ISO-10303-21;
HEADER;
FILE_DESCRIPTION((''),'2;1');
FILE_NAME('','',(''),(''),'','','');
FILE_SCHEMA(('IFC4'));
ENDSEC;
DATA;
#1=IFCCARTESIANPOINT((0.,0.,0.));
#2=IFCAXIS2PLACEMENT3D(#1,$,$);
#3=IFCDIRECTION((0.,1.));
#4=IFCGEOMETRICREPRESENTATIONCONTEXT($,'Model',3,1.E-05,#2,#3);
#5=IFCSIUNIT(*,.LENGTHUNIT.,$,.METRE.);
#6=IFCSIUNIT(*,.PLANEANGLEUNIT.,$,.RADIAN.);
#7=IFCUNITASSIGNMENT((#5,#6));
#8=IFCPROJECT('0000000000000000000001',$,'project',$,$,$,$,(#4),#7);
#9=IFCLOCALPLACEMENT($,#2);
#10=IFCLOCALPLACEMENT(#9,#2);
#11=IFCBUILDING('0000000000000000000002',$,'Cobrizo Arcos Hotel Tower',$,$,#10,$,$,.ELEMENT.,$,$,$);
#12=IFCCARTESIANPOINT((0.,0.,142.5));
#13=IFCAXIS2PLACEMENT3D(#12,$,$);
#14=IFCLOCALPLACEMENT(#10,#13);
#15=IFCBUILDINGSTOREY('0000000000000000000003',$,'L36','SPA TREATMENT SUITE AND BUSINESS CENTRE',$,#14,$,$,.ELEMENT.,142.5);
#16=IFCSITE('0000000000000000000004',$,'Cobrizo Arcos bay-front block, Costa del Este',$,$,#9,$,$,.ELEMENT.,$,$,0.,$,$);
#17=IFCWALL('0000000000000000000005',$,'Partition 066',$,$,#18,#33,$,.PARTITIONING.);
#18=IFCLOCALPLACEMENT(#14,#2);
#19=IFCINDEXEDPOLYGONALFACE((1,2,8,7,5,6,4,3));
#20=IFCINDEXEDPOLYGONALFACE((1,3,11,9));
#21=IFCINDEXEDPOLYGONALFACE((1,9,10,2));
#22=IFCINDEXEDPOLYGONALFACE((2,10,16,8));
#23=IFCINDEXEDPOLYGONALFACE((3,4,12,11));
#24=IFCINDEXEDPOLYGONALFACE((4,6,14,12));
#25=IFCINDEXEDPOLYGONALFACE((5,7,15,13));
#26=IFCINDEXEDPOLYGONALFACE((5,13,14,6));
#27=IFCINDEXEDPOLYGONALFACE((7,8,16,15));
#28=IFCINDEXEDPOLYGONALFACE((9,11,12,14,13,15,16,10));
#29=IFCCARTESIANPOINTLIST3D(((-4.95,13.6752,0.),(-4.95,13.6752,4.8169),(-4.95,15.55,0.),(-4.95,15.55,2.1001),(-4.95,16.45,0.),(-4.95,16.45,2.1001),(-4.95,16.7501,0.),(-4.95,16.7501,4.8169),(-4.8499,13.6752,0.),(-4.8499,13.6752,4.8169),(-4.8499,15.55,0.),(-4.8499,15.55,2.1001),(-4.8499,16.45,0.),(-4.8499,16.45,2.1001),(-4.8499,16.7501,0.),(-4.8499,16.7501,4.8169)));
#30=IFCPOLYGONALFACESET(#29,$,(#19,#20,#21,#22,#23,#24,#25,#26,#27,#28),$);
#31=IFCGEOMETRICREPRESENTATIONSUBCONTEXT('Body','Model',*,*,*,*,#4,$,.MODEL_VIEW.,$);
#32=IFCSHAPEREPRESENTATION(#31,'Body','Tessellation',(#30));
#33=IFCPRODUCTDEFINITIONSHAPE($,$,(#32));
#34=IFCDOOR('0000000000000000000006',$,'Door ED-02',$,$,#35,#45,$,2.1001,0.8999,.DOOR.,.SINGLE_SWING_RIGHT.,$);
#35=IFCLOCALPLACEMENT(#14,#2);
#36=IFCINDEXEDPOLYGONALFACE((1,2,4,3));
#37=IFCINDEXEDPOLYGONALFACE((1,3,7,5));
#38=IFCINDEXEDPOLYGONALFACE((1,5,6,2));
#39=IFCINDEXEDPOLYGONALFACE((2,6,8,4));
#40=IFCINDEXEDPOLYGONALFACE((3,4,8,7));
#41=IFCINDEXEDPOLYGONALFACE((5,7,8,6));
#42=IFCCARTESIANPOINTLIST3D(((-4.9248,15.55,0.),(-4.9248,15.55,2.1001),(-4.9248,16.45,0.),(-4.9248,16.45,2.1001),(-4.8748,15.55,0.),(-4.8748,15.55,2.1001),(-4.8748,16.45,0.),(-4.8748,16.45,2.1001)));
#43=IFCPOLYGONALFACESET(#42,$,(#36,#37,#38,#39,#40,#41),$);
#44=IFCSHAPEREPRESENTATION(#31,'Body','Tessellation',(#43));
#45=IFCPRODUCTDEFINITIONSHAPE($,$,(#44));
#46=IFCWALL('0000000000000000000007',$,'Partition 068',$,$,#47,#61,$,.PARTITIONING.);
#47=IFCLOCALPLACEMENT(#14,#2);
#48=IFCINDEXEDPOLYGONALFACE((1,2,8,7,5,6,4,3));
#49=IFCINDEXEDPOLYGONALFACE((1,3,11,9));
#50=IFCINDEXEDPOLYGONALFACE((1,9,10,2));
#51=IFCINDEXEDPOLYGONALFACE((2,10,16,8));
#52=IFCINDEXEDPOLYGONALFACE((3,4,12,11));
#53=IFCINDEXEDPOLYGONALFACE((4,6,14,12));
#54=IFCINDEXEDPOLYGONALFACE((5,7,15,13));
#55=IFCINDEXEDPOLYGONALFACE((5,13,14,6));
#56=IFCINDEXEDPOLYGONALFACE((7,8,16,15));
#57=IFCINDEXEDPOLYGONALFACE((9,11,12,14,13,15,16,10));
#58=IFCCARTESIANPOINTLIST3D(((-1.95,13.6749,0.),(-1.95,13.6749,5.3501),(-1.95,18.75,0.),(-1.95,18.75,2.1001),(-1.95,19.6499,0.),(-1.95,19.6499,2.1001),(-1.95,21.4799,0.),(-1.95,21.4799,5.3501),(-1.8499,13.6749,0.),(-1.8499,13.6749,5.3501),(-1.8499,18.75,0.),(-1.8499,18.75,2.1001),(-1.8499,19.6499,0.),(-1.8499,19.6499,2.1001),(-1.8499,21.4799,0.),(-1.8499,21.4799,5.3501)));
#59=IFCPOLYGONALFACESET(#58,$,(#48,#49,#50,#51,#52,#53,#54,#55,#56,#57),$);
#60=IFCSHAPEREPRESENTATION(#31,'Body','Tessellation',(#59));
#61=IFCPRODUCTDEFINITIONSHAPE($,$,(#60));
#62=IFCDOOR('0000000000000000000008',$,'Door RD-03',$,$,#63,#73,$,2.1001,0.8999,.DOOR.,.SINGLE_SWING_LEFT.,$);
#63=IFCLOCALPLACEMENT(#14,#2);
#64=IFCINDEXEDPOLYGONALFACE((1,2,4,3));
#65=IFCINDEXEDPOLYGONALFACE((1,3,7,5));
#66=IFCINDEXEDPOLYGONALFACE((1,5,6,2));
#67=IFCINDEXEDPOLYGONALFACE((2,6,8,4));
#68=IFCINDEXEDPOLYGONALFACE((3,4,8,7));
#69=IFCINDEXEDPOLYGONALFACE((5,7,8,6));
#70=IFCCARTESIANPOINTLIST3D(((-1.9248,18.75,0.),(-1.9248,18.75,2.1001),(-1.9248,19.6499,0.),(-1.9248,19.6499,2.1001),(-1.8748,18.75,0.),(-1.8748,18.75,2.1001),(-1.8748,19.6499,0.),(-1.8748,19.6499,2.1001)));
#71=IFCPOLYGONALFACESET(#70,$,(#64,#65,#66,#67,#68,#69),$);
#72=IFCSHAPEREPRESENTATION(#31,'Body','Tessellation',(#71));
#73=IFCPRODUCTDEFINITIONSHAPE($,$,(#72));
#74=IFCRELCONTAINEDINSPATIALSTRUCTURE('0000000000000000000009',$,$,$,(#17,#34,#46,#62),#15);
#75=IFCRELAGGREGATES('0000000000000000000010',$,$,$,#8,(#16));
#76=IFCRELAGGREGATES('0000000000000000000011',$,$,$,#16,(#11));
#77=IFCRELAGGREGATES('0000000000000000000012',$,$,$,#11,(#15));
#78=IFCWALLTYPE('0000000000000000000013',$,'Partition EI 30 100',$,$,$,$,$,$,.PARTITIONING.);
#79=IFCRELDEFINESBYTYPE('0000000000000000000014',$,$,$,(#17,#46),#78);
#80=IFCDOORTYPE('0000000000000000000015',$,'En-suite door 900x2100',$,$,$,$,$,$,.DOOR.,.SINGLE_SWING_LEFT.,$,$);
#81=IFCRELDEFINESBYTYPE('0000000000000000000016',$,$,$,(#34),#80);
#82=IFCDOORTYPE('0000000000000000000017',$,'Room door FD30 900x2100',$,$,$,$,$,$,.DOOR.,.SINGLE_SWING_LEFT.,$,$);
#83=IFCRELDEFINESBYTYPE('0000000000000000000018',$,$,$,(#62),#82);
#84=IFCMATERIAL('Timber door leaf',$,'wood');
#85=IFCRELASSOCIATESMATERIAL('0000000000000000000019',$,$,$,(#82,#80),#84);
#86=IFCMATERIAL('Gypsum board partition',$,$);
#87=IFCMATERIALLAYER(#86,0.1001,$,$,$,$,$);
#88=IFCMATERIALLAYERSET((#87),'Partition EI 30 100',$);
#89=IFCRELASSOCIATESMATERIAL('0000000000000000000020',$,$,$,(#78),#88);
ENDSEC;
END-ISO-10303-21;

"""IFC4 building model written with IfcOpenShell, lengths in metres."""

from ifc_helpers import new_model, si_unit, direction, frame, frame_2d, origin, place, context, subcontext, project, spatial, rectangle, extrude, material, layer, layer_set, type_object, element, fill, save


model = new_model("IFC4")

# Units and contexts
model_context = context("Model", 3, precision=1e-05, world=origin(), true_north=direction((0.0, 1.0)))
body_context = subcontext(model_context, "Body", "Model", "MODEL_VIEW")
ifc_project = project(units=[si_unit("LENGTHUNIT", "METRE"), si_unit("PLANEANGLEUNIT", "RADIAN")], contexts=[model_context])

# Site, building, storey
site_placement = place(None, origin())
site = spatial("IfcSite", under=ifc_project, at=site_placement, Name="Cobrizo Arcos bay-front block, Costa del Este", CompositionType="ELEMENT", RefElevation=0.0)
building_placement = place(site_placement, origin())
building = spatial("IfcBuilding", under=site, at=building_placement, Name="Cobrizo Arcos Hotel Tower", CompositionType="ELEMENT")
storey_placement = place(building_placement, frame((0.0, 0.0, 142.5)))
storey = spatial("IfcBuildingStorey", under=building, at=storey_placement, Name="L36", Description="SPA TREATMENT SUITE AND BUSINESS CENTRE", CompositionType="ELEMENT", Elevation=142.5)

# Shared definitions
ifc_material_1 = material(Name="Gypsum board partition")
ifc_material_2 = material(Name="Timber door leaf", Category="wood")
door_type_1 = type_object("IfcDoorType", Name="Room door FD30 900x2100", OperationType="SINGLE_SWING_LEFT", PredefinedType="DOOR", material=ifc_material_2)

# Shared definitions
ifc_layer_1 = layer(ifc_material_1, 0.1001)
ifc_layer_set_1 = layer_set([ifc_layer_1], Name="Partition EI 30 100")
wall_type_1 = type_object("IfcWallType", Name="Partition EI 30 100", PredefinedType="PARTITIONING", material=ifc_layer_set_1)

# Shared definitions
door_type_2 = type_object("IfcDoorType", Name="En-suite door 900x2100", OperationType="SINGLE_SWING_LEFT", PredefinedType="DOOR", material=ifc_material_2)

# Walls, openings, doors
wall_1_placement = place(storey_placement, frame((-4.8999, 13.675, 0.0), z_axis=(0.0, 0.0, 1.0), x_axis=(0.0, 1.0, 0.0)))
wall_1 = element("IfcWall", 1, at=wall_1_placement, inside=storey, type_object=wall_type_1, Name="Partition 066", PredefinedType="PARTITIONING", context=body_context, shape_type="SweptSolid", body=[
    extrude(rectangle(XDim=3.075, YDim=0.1001, at=frame_2d((1.5376, 0.0))), origin(), (0.0, 0.0, 1.0), 4.8169),
])
opening_1_placement = place(wall_1_placement, frame((1.875, 0.0, 0.0)))
opening_1 = element("IfcOpeningElement", 2, at=opening_1_placement, cuts=wall_1, PredefinedType="OPENING", context=body_context, shape_type="SweptSolid", body=[
    extrude(rectangle(XDim=0.8999, YDim=2.1001, at=frame_2d((0.45, 1.05))), frame((0.0, 0.062, 0.0), z_axis=(0.0, -1.0, 0.0), x_axis=(1.0, 0.0, 0.0)), (0.0, 0.0, 1.0), 0.124),
])
door_1_placement = place(opening_1_placement, origin())
door_1 = element("IfcDoor", 3, at=door_1_placement, inside=storey, type_object=door_type_2, Name="Door ED-02", OperationType="SINGLE_SWING_RIGHT", OverallHeight=2.1001, OverallWidth=0.8999, PredefinedType="DOOR", context=body_context, shape_type="SweptSolid", body=[
    extrude(rectangle(XDim=0.8999, YDim=2.1001, at=frame_2d((0.45, 1.05))), frame((0.0, 0.0249, 0.0), z_axis=(0.0, -1.0, 0.0), x_axis=(1.0, 0.0, 0.0)), (0.0, 0.0, 1.0), 0.05),
])
fill(opening_1, door_1)
wall_2_placement = place(storey_placement, frame((-1.8999, 13.675, 0.0), z_axis=(0.0, 0.0, 1.0), x_axis=(0.0, 1.0, 0.0)))
wall_2 = element("IfcWall", 4, at=wall_2_placement, inside=storey, type_object=wall_type_1, Name="Partition 068", PredefinedType="PARTITIONING", context=body_context, shape_type="SweptSolid", body=[
    extrude(rectangle(XDim=7.8049, YDim=0.1001, at=frame_2d((3.9023, 0.0))), origin(), (0.0, 0.0, 1.0), 5.3501),
])
opening_2_placement = place(wall_2_placement, frame((5.075, 0.0, 0.0)))
opening_2 = element("IfcOpeningElement", 5, at=opening_2_placement, cuts=wall_2, PredefinedType="OPENING", context=body_context, shape_type="SweptSolid", body=[
    extrude(rectangle(XDim=0.8999, YDim=2.1001, at=frame_2d((0.45, 1.05))), frame((0.0, 0.062, 0.0), z_axis=(0.0, -1.0, 0.0), x_axis=(1.0, 0.0, 0.0)), (0.0, 0.0, 1.0), 0.124),
])
door_2_placement = place(opening_2_placement, origin())
door_2 = element("IfcDoor", 6, at=door_2_placement, inside=storey, type_object=door_type_1, Name="Door RD-03", OperationType="SINGLE_SWING_LEFT", OverallHeight=2.1001, OverallWidth=0.8999, PredefinedType="DOOR", context=body_context, shape_type="SweptSolid", body=[
    extrude(rectangle(XDim=0.8999, YDim=2.1001, at=frame_2d((0.45, 1.05))), frame((0.0, 0.0249, 0.0), z_axis=(0.0, -1.0, 0.0), x_axis=(1.0, 0.0, 0.0)), (0.0, 0.0, 1.0), 0.05),
])
fill(opening_2, door_2)

save(model, "model.ifc")
